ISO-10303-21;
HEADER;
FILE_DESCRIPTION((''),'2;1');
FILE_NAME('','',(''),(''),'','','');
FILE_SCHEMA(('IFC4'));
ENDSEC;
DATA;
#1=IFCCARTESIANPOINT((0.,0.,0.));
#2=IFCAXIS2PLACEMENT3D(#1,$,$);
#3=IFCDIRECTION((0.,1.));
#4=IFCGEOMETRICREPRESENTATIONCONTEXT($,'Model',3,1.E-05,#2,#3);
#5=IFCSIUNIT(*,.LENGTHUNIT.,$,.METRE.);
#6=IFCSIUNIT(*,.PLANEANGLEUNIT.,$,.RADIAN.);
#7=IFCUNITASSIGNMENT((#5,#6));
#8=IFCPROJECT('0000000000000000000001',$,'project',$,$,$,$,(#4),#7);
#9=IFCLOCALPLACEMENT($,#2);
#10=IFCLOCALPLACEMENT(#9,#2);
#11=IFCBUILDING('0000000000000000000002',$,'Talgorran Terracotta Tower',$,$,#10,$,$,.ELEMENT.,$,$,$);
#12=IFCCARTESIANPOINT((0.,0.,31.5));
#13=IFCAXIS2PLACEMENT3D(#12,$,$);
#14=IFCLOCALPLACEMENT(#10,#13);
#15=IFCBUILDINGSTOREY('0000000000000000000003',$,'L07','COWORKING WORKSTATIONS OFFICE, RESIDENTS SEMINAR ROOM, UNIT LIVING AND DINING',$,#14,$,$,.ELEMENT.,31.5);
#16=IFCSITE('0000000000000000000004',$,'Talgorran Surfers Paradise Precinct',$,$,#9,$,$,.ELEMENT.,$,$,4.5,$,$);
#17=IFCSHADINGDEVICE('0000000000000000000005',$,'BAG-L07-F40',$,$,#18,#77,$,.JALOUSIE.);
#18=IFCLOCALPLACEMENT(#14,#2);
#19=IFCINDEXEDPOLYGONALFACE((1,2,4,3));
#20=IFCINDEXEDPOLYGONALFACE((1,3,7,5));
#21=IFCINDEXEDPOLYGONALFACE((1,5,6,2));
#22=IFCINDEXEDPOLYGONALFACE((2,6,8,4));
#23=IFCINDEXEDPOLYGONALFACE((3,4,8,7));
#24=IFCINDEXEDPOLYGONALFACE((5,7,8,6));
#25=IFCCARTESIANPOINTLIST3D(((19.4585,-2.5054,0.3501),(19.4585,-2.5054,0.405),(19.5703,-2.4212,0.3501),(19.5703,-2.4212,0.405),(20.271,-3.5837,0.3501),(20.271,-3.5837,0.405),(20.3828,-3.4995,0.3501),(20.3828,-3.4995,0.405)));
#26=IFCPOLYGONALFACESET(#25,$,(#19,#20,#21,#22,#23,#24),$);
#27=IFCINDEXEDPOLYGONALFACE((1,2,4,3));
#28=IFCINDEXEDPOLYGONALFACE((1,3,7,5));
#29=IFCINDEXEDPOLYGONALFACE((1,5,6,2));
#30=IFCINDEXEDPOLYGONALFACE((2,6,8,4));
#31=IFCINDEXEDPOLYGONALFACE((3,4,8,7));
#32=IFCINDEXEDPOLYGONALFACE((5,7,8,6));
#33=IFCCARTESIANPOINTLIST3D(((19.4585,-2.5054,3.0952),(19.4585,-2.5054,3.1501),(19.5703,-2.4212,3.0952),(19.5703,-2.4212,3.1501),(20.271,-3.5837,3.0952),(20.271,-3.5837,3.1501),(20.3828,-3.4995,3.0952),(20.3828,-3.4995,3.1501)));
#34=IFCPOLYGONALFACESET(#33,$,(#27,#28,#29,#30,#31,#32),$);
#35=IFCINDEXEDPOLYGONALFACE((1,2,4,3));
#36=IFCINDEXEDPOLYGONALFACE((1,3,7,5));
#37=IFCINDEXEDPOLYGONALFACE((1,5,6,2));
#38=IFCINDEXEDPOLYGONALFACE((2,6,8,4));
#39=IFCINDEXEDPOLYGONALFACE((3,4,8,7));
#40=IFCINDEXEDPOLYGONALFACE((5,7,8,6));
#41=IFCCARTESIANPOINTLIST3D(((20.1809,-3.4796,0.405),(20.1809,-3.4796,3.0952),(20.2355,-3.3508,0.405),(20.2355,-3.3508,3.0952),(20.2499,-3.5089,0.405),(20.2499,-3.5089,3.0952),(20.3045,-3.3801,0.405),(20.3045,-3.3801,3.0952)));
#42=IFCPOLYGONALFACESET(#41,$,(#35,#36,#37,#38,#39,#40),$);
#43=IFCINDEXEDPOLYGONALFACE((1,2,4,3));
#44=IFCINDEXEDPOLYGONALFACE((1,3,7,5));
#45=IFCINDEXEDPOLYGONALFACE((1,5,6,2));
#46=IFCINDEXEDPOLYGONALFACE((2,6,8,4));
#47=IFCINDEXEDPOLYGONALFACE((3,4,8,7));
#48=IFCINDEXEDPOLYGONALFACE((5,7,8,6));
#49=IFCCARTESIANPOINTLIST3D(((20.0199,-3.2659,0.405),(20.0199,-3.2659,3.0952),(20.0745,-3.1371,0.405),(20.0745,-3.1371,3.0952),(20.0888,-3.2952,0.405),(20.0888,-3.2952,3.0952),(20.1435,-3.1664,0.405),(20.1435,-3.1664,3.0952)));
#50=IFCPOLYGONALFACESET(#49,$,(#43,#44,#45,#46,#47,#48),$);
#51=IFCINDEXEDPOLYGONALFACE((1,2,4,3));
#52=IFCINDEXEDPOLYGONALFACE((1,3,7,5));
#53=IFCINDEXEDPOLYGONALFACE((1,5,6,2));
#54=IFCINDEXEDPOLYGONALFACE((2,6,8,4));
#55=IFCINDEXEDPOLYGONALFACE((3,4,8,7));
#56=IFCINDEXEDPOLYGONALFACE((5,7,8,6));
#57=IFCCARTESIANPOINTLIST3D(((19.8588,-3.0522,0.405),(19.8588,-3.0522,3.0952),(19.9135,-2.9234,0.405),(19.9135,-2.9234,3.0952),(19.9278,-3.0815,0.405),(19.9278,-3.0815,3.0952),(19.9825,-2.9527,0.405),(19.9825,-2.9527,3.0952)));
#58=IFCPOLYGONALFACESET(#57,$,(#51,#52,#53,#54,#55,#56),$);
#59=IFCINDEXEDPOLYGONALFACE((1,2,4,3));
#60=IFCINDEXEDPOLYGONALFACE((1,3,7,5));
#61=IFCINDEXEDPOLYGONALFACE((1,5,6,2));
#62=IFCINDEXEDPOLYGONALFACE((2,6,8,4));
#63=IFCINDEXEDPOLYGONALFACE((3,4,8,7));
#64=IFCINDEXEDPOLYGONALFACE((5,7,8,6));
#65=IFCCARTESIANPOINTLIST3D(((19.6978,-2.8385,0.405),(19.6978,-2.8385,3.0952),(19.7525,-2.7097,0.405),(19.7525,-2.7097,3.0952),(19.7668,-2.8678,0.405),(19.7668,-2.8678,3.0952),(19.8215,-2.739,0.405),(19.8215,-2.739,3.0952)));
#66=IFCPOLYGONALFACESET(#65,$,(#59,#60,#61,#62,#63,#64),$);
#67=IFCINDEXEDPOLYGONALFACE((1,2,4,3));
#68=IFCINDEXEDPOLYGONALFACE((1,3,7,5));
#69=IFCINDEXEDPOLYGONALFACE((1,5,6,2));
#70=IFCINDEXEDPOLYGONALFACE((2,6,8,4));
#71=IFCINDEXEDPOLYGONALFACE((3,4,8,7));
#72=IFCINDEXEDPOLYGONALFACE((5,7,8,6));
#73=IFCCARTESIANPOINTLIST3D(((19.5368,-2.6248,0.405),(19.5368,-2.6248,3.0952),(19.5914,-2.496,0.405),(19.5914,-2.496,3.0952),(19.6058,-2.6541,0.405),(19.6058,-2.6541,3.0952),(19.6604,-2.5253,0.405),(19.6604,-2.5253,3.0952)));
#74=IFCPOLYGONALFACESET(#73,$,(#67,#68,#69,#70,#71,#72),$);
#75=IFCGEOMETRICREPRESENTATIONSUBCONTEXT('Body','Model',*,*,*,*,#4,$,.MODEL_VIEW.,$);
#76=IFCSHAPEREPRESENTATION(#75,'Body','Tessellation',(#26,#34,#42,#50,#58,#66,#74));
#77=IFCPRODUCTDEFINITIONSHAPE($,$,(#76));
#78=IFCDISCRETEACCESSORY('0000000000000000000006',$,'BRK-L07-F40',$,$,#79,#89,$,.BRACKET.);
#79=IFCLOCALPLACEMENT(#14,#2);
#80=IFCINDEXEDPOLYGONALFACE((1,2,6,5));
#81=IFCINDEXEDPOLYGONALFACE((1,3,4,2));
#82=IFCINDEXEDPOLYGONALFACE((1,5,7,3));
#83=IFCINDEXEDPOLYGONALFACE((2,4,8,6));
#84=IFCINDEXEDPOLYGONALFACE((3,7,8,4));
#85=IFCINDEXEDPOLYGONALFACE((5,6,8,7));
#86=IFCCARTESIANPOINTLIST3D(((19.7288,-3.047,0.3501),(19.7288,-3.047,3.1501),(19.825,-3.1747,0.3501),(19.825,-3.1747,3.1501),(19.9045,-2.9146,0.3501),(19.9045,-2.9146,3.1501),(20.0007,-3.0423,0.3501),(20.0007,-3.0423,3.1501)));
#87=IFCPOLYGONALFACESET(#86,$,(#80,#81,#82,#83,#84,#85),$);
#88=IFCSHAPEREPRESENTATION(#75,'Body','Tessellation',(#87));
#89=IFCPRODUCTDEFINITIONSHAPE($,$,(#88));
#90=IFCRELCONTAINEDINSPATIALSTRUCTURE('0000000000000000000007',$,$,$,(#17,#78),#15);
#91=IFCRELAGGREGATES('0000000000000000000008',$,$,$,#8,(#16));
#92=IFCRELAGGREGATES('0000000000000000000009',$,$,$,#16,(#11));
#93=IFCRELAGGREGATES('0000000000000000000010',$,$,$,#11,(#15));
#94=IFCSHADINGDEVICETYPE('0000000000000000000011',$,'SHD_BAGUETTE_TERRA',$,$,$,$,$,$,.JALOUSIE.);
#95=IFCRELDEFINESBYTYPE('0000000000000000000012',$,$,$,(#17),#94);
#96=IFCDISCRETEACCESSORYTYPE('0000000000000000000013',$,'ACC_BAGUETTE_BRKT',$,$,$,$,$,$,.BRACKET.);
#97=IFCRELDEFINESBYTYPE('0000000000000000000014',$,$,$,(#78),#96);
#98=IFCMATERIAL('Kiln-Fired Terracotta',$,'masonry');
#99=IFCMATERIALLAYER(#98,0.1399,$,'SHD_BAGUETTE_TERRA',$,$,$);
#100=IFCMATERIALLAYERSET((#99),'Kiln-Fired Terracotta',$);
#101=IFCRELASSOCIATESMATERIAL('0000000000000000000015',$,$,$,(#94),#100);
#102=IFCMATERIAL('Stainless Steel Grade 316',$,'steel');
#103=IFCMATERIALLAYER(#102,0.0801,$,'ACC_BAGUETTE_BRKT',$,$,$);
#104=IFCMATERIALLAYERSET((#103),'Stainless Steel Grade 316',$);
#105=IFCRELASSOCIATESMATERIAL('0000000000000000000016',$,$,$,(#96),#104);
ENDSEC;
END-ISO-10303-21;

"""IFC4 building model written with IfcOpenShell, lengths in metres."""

from ifc_helpers import new_model, si_unit, direction, frame, origin, origin_2d, place, context, subcontext, project, spatial, rectangle, extrude, source, transform, mapped, material, layer, layer_set, type_object, type_shapes, element, save


model = new_model("IFC4")

# Units and contexts
model_context = context("Model", 3, precision=1e-05, world=origin(), true_north=direction((0.0, 1.0)))
body_context = subcontext(model_context, "Body", "Model", "MODEL_VIEW")
ifc_project = project(units=[si_unit("LENGTHUNIT", "METRE"), si_unit("PLANEANGLEUNIT", "RADIAN")], contexts=[model_context])

# Site, building, storey
site_placement = place(None, origin())
site = spatial("IfcSite", under=ifc_project, at=site_placement, Name="Talgorran Surfers Paradise Precinct", CompositionType="ELEMENT", RefElevation=4.5)
building_placement = place(site_placement, origin())
building = spatial("IfcBuilding", under=site, at=building_placement, Name="Talgorran Terracotta Tower", CompositionType="ELEMENT")
storey_placement = place(building_placement, frame((0.0, 0.0, 31.5)))
storey = spatial("IfcBuildingStorey", under=building, at=storey_placement, Name="L07", Description="COWORKING WORKSTATIONS OFFICE, RESIDENTS SEMINAR ROOM, UNIT LIVING AND DINING", CompositionType="ELEMENT", Elevation=31.5)

# Shading device
ifc_material_1 = material(Name="Kiln-Fired Terracotta", Category="masonry")
ifc_layer_1 = layer(ifc_material_1, 0.1399, Name="SHD_BAGUETTE_TERRA")
ifc_layer_set_1 = layer_set([ifc_layer_1], Name="Kiln-Fired Terracotta")
shading_device_type = type_object("IfcShadingDeviceType", Name="SHD_BAGUETTE_TERRA", PredefinedType="JALOUSIE", material=ifc_layer_set_1)
shared_shape_1 = source(origin(), body_context, "Body", "SweptSolid", [
    extrude(rectangle(XDim=1.3501, YDim=0.1399, at=origin_2d()), origin(), (0.0, 0.0, 1.0), 0.0549),
    extrude(rectangle(XDim=1.3501, YDim=0.1399, at=origin_2d()), frame((0.0, 0.0, 2.7451)), (0.0, 0.0, 1.0), 0.0549),
    extrude(rectangle(XDim=0.075, YDim=0.1399, at=origin_2d()), frame((-0.5352, 0.0, 0.0549), z_axis=(0.0, 0.0, 1.0), x_axis=(0.866025, 0.5, 0.0)), (0.0, 0.0, 1.0), 2.6902),
    extrude(rectangle(XDim=0.075, YDim=0.1399, at=origin_2d()), frame((-0.2676, 0.0, 0.0549), z_axis=(0.0, 0.0, 1.0), x_axis=(0.866025, 0.5, 0.0)), (0.0, 0.0, 1.0), 2.6902),
    extrude(rectangle(XDim=0.075, YDim=0.1399, at=origin_2d()), frame((0.0, 0.0, 0.0549), z_axis=(0.0, 0.0, 1.0), x_axis=(0.866025, 0.5, 0.0)), (0.0, 0.0, 1.0), 2.6902),
    extrude(rectangle(XDim=0.075, YDim=0.1399, at=origin_2d()), frame((0.2676, 0.0, 0.0549), z_axis=(0.0, 0.0, 1.0), x_axis=(0.866025, 0.5, 0.0)), (0.0, 0.0, 1.0), 2.6902),
    extrude(rectangle(XDim=0.075, YDim=0.1399, at=origin_2d()), frame((0.5352, 0.0, 0.0549), z_axis=(0.0, 0.0, 1.0), x_axis=(0.866025, 0.5, 0.0)), (0.0, 0.0, 1.0), 2.6902),
])
type_shapes(shading_device_type, [shared_shape_1])
shading_device_placement = place(storey_placement, frame((19.9207, -3.0024, 0.3501), z_axis=(0.0, 0.0, 1.0), x_axis=(-0.601801, 0.798646, 0.0)))
element("IfcShadingDevice", 1, at=shading_device_placement, inside=storey, type_object=shading_device_type, Name="BAG-L07-F40", PredefinedType="JALOUSIE", context=body_context, shape_type="MappedRepresentation", body=[
    mapped(shared_shape_1, transform((0.0, 0.0, 0.0), scale=1.0)),
])

# Discrete accessory
ifc_material_2 = material(Name="Stainless Steel Grade 316", Category="steel")
ifc_layer_2 = layer(ifc_material_2, 0.0801, Name="ACC_BAGUETTE_BRKT")
ifc_layer_set_2 = layer_set([ifc_layer_2], Name="Stainless Steel Grade 316")
discrete_accessory_type = type_object("IfcDiscreteAccessoryType", Name="ACC_BAGUETTE_BRKT", PredefinedType="BRACKET", material=ifc_layer_set_2)
shared_shape_2 = source(origin(), body_context, "Body", "SweptSolid", [
    extrude(rectangle(XDim=0.1599, YDim=0.22, at=origin_2d()), origin(), (0.0, 0.0, 1.0), 2.8),
])
type_shapes(discrete_accessory_type, [shared_shape_2])
discrete_accessory_placement = place(storey_placement, frame((19.8647, -3.0447, 0.3501), z_axis=(0.0, 0.0, 1.0), x_axis=(-0.601801, 0.798646, 0.0)))
element("IfcDiscreteAccessory", 2, at=discrete_accessory_placement, inside=storey, type_object=discrete_accessory_type, Name="BRK-L07-F40", PredefinedType="BRACKET", context=body_context, shape_type="MappedRepresentation", body=[
    mapped(shared_shape_2, transform((0.0, 0.0, 0.0), scale=1.0)),
])

save(model, "model.ifc")
